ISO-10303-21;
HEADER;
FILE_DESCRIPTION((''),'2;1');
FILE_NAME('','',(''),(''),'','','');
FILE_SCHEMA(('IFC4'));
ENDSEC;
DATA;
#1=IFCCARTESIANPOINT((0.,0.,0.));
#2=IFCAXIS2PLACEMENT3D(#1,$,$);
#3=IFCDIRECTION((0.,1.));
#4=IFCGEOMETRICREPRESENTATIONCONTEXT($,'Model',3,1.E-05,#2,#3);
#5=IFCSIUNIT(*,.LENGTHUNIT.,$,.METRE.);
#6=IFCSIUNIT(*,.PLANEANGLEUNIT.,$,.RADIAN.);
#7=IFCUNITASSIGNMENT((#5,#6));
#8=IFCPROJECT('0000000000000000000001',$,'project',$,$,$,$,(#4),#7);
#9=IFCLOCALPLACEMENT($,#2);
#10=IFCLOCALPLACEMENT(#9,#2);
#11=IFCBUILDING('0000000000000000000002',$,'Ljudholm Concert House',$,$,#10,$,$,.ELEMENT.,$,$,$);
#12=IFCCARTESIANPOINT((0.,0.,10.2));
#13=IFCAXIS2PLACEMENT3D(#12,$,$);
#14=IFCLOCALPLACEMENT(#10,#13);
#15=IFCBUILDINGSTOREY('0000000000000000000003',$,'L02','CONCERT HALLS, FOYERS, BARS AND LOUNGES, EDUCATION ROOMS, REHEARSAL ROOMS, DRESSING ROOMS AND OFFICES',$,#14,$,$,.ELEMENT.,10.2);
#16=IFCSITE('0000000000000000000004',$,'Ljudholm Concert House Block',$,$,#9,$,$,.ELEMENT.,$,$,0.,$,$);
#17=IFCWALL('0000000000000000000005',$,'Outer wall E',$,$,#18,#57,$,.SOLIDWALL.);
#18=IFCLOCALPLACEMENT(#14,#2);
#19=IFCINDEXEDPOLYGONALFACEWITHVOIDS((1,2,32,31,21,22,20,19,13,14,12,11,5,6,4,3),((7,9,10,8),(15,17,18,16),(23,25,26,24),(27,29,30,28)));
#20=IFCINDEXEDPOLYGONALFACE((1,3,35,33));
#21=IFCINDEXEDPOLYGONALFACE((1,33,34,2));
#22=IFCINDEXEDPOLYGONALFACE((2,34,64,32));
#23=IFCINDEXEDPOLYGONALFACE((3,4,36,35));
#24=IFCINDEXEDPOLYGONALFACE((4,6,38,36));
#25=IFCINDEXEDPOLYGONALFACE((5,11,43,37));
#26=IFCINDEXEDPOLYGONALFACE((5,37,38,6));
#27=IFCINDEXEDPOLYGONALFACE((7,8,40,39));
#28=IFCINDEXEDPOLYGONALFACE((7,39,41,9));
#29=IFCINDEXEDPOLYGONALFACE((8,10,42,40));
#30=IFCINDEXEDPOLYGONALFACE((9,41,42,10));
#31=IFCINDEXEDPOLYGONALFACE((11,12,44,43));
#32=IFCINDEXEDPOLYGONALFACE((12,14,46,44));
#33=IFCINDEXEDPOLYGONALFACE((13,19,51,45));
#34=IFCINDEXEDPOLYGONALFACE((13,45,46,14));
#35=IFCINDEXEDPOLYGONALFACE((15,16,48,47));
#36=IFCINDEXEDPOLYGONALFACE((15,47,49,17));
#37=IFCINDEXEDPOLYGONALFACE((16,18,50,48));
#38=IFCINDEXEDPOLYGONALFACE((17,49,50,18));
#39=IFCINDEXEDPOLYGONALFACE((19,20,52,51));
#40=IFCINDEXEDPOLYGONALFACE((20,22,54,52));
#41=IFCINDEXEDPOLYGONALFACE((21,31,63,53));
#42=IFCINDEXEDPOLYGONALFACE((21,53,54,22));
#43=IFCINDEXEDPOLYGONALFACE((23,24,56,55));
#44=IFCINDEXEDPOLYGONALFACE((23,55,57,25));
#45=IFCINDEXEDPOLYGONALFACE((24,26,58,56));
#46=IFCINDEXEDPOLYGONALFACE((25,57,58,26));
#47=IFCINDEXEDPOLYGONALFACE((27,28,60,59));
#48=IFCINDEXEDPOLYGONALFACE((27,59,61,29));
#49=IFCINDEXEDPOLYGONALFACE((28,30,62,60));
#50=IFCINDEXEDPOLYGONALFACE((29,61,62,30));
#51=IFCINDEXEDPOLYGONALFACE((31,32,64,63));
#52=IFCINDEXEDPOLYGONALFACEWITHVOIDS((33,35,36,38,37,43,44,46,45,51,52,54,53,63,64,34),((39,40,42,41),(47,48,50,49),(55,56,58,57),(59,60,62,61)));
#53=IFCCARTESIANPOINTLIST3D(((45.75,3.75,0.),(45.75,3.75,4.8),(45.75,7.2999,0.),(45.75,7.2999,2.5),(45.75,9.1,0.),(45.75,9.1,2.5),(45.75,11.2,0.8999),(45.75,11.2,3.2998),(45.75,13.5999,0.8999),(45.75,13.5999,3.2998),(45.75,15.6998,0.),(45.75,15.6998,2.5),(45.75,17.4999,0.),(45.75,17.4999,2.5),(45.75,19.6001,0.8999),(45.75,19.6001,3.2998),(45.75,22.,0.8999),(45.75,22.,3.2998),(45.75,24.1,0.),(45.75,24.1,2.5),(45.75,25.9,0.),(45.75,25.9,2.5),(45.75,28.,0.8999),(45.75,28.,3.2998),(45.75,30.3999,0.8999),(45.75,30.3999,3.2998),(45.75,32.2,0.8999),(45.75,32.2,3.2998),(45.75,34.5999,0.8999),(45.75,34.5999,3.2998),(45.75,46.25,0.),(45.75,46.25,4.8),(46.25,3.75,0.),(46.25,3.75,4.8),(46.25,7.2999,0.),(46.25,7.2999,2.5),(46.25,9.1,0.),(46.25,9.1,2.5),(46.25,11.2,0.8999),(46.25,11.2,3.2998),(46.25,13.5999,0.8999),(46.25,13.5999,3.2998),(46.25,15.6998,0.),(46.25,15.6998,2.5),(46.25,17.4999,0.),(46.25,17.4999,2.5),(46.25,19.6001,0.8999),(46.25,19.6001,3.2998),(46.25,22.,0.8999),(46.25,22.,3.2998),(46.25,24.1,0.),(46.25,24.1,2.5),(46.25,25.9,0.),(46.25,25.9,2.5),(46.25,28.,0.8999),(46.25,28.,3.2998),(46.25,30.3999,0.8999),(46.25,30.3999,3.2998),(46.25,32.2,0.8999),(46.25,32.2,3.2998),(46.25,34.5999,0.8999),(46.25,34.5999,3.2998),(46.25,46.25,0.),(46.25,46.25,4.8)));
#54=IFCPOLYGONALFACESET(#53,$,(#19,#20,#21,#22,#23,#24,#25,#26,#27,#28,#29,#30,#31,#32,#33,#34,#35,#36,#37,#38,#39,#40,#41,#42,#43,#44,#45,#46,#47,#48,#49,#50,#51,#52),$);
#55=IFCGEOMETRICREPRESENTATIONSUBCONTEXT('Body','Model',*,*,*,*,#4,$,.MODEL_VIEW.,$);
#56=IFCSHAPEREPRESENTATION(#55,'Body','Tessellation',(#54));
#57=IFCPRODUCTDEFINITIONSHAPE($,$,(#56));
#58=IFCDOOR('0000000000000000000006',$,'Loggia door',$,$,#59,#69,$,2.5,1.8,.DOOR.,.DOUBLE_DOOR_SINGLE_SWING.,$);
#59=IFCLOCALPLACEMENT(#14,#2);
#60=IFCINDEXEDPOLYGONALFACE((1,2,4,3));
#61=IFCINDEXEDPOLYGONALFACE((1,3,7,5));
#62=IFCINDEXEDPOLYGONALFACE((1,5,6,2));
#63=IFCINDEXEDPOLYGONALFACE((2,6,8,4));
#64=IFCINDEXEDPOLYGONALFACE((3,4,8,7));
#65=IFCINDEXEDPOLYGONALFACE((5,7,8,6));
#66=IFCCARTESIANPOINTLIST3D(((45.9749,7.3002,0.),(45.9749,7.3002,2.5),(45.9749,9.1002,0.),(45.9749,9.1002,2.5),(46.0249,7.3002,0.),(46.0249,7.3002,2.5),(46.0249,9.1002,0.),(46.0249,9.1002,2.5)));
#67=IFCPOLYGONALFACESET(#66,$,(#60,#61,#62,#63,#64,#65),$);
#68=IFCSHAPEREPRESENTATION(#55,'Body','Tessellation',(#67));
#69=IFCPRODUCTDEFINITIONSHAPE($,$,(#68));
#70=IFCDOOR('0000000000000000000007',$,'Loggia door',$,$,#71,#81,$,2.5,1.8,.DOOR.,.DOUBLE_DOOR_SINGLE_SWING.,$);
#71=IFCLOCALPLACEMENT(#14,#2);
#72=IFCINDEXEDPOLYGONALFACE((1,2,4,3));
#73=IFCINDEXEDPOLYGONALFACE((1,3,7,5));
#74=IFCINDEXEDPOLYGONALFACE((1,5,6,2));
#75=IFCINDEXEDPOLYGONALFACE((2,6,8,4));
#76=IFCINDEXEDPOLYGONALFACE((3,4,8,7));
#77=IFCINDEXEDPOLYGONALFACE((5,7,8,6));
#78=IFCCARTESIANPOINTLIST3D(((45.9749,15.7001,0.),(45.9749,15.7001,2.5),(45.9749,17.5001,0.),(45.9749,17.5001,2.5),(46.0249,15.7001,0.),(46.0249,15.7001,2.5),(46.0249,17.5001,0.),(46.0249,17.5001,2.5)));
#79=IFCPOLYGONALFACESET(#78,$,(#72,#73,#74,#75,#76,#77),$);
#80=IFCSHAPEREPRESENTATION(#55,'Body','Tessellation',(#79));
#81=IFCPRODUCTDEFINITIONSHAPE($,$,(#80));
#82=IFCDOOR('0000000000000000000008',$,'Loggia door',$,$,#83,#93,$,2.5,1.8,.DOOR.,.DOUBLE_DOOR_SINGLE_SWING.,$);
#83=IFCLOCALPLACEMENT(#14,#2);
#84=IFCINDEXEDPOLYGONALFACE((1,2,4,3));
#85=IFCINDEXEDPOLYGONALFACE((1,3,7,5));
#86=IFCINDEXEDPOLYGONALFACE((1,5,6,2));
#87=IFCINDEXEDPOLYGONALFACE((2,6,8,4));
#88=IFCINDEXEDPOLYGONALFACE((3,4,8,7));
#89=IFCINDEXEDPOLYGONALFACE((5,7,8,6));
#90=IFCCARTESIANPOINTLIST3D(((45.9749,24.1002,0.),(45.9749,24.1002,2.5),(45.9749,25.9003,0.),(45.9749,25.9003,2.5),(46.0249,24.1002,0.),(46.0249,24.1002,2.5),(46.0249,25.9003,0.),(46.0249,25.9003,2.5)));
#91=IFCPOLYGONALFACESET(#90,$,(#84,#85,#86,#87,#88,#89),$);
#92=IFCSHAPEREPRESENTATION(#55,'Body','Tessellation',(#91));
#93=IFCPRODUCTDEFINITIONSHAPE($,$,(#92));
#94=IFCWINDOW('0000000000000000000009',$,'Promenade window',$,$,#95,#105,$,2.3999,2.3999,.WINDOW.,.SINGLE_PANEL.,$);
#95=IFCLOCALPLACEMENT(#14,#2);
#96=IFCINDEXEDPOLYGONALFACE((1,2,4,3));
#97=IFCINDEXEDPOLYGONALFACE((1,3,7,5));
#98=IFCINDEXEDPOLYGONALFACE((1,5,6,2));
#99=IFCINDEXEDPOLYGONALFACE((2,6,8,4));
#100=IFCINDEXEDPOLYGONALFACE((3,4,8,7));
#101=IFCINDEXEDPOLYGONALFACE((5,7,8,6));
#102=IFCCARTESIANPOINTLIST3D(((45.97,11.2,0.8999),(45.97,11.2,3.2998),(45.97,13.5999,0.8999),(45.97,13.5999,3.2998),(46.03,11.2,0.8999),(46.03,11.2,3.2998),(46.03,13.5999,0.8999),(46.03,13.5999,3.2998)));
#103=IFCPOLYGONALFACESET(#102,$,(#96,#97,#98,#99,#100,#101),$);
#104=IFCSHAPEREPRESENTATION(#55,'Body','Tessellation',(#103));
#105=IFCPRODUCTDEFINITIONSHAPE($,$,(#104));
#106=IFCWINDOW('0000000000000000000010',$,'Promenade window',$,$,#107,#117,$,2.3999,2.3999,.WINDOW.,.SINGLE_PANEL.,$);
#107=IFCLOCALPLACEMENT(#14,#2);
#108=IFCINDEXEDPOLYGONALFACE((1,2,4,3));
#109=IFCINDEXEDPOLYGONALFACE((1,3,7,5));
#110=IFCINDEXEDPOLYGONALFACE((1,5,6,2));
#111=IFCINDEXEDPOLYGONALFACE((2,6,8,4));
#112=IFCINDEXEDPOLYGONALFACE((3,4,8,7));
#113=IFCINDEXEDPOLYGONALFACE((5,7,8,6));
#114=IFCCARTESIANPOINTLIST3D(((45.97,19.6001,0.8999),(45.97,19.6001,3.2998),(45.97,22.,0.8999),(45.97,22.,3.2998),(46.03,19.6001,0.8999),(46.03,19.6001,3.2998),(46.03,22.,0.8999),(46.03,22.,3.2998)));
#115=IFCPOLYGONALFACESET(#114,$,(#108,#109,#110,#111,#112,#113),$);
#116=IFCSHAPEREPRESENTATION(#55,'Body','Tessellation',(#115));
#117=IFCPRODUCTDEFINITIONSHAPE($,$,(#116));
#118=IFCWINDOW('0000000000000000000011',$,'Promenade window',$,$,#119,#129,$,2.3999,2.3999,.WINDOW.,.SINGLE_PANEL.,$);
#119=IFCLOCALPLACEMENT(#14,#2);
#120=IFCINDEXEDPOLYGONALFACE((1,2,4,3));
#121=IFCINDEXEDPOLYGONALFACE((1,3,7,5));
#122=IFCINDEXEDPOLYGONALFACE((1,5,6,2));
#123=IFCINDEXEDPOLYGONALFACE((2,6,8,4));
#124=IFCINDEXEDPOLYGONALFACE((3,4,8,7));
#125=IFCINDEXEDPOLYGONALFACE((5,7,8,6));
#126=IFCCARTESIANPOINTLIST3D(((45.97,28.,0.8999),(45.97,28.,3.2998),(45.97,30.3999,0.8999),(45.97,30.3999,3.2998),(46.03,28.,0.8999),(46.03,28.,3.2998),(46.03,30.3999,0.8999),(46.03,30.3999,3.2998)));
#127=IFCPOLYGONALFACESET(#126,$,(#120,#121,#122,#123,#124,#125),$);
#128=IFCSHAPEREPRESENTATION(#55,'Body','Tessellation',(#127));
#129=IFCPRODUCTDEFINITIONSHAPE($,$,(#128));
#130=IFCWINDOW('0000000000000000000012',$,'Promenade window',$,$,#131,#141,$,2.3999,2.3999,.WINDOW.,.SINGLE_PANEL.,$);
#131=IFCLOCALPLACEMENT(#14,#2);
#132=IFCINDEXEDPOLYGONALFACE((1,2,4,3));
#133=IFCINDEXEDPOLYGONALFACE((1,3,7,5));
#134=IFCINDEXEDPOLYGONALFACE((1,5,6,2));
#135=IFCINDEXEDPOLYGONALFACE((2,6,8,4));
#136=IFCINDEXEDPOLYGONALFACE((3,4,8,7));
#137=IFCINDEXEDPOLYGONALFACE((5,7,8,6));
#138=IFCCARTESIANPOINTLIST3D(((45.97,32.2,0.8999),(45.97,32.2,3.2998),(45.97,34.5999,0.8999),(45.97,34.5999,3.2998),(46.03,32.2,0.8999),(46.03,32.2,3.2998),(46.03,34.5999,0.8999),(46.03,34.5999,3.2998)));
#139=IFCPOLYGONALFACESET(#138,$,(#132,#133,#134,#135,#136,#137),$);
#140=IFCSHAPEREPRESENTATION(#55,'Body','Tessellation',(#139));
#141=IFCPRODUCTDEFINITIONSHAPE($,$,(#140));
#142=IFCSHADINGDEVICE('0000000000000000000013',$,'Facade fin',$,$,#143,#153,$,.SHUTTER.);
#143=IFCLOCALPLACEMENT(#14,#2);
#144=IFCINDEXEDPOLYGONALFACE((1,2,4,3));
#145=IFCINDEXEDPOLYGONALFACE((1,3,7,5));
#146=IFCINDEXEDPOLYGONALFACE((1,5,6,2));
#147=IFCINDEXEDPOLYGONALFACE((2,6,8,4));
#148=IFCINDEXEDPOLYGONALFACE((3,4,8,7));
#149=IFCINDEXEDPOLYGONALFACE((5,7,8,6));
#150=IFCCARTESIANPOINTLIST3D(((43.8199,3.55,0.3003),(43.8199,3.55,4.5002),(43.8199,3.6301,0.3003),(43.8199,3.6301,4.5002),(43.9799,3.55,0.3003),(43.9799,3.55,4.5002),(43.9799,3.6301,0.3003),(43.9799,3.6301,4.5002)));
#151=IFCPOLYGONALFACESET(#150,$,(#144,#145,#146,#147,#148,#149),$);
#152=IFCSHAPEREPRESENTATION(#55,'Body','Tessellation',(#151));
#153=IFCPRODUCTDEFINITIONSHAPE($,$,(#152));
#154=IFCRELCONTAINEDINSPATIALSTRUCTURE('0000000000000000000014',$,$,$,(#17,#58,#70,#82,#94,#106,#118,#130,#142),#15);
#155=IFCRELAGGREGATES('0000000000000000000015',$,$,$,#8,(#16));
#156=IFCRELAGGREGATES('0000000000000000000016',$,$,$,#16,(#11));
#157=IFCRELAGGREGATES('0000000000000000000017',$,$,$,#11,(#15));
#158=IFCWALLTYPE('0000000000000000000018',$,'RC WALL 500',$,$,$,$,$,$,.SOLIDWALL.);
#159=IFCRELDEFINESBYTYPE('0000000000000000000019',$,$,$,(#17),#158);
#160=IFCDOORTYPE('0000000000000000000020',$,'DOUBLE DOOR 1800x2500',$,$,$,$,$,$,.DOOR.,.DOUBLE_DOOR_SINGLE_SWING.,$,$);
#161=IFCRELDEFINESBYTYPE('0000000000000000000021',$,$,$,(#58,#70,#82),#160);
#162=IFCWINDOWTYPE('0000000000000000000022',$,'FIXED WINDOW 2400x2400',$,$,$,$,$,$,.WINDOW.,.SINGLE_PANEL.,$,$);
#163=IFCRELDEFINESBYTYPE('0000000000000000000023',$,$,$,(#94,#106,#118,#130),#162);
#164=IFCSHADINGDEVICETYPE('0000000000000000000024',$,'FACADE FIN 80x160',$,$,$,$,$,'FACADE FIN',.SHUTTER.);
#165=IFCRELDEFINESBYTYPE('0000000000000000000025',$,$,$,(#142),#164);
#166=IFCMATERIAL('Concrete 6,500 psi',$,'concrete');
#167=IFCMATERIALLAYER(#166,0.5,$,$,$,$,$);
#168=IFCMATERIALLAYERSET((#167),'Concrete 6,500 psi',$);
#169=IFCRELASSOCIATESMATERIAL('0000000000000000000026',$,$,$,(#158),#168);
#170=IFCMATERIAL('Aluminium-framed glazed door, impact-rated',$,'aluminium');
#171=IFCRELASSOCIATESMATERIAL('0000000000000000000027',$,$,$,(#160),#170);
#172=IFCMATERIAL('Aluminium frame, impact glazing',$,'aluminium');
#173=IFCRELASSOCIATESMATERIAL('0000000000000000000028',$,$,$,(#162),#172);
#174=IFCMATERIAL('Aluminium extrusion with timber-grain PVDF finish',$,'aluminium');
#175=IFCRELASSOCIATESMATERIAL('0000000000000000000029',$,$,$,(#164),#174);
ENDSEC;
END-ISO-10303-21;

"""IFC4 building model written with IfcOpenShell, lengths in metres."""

from ifc_helpers import new_model, si_unit, direction, frame, frame_2d, origin, origin_2d, place, context, subcontext, project, spatial, rectangle, extrude, material, layer, layer_set, type_object, element, fill, save


model = new_model("IFC4")

# Units and contexts
model_context = context("Model", 3, precision=1e-05, world=origin(), true_north=direction((0.0, 1.0)))
body_context = subcontext(model_context, "Body", "Model", "MODEL_VIEW")
ifc_project = project(units=[si_unit("LENGTHUNIT", "METRE"), si_unit("PLANEANGLEUNIT", "RADIAN")], contexts=[model_context])

# Site, building, storey
site_placement = place(None, origin())
site = spatial("IfcSite", under=ifc_project, at=site_placement, Name="Ljudholm Concert House Block", CompositionType="ELEMENT", RefElevation=0.0)
building_placement = place(site_placement, origin())
building = spatial("IfcBuilding", under=site, at=building_placement, Name="Ljudholm Concert House", CompositionType="ELEMENT")
storey_placement = place(building_placement, frame((0.0, 0.0, 10.2)))
storey = spatial("IfcBuildingStorey", under=building, at=storey_placement, Name="L02", Description="CONCERT HALLS, FOYERS, BARS AND LOUNGES, EDUCATION ROOMS, REHEARSAL ROOMS, DRESSING ROOMS AND OFFICES", CompositionType="ELEMENT", Elevation=10.2)

# Wall, openings, doors, windows
ifc_material_1 = material(Name="Concrete 6,500 psi", Category="concrete")
ifc_layer_1 = layer(ifc_material_1, 0.5)
ifc_layer_set_1 = layer_set([ifc_layer_1], Name="Concrete 6,500 psi")
wall_type_1 = type_object("IfcWallType", Name="RC WALL 500", PredefinedType="SOLIDWALL", material=ifc_layer_set_1)
wall_1_placement = place(storey_placement, frame((46.0, 3.75, 0.0), z_axis=(0.0, 0.0, 1.0), x_axis=(0.0, 1.0, 0.0)))
wall_1 = element("IfcWall", 1, at=wall_1_placement, inside=storey, type_object=wall_type_1, Name="Outer wall E", PredefinedType="SOLIDWALL", context=body_context, shape_type="SweptSolid", body=[
    extrude(rectangle(XDim=42.5, YDim=0.5, at=frame_2d((21.25, 0.0))), origin(), (0.0, 0.0, 1.0), 4.8),
])
opening_1_placement = place(wall_1_placement, frame((7.45, 0.0, 0.8999)))
opening_1 = element("IfcOpeningElement", 2, at=opening_1_placement, cuts=wall_1, PredefinedType="OPENING", context=body_context, shape_type="SweptSolid", body=[
    extrude(rectangle(XDim=2.3999, YDim=2.3999, at=frame_2d((1.2, 1.2))), frame((0.0, 0.26, 0.0), z_axis=(0.0, -1.0, 0.0), x_axis=(1.0, 0.0, 0.0)), (0.0, 0.0, 1.0), 0.52),
])
opening_2_placement = place(wall_1_placement, frame((15.8501, 0.0, 0.8999)))
opening_2 = element("IfcOpeningElement", 3, at=opening_2_placement, cuts=wall_1, PredefinedType="OPENING", context=body_context, shape_type="SweptSolid", body=[
    extrude(rectangle(XDim=2.3999, YDim=2.3999, at=frame_2d((1.2, 1.2))), frame((0.0, 0.26, 0.0), z_axis=(0.0, -1.0, 0.0), x_axis=(1.0, 0.0, 0.0)), (0.0, 0.0, 1.0), 0.52),
])
opening_3_placement = place(wall_1_placement, frame((24.25, 0.0, 0.8999)))
opening_3 = element("IfcOpeningElement", 4, at=opening_3_placement, cuts=wall_1, PredefinedType="OPENING", context=body_context, shape_type="SweptSolid", body=[
    extrude(rectangle(XDim=2.3999, YDim=2.3999, at=frame_2d((1.2, 1.2))), frame((0.0, 0.26, 0.0), z_axis=(0.0, -1.0, 0.0), x_axis=(1.0, 0.0, 0.0)), (0.0, 0.0, 1.0), 0.52),
])
opening_4_placement = place(wall_1_placement, frame((28.45, 0.0, 0.8999)))
opening_4 = element("IfcOpeningElement", 5, at=opening_4_placement, cuts=wall_1, PredefinedType="OPENING", context=body_context, shape_type="SweptSolid", body=[
    extrude(rectangle(XDim=2.3999, YDim=2.3999, at=frame_2d((1.2, 1.2))), frame((0.0, 0.26, 0.0), z_axis=(0.0, -1.0, 0.0), x_axis=(1.0, 0.0, 0.0)), (0.0, 0.0, 1.0), 0.52),
])
opening_5_placement = place(wall_1_placement, frame((3.55, 0.0, 0.0)))
opening_5 = element("IfcOpeningElement", 6, at=opening_5_placement, cuts=wall_1, PredefinedType="OPENING", context=body_context, shape_type="SweptSolid", body=[
    extrude(rectangle(XDim=1.8, YDim=2.5, at=frame_2d((0.8999, 1.25))), frame((0.0, 0.26, 0.0), z_axis=(0.0, -1.0, 0.0), x_axis=(1.0, 0.0, 0.0)), (0.0, 0.0, 1.0), 0.52),
])
opening_6_placement = place(wall_1_placement, frame((11.95, 0.0, 0.0)))
opening_6 = element("IfcOpeningElement", 7, at=opening_6_placement, cuts=wall_1, PredefinedType="OPENING", context=body_context, shape_type="SweptSolid", body=[
    extrude(rectangle(XDim=1.8, YDim=2.5, at=frame_2d((0.8999, 1.25))), frame((0.0, 0.26, 0.0), z_axis=(0.0, -1.0, 0.0), x_axis=(1.0, 0.0, 0.0)), (0.0, 0.0, 1.0), 0.52),
])
opening_7_placement = place(wall_1_placement, frame((20.3501, 0.0, 0.0)))
opening_7 = element("IfcOpeningElement", 8, at=opening_7_placement, cuts=wall_1, PredefinedType="OPENING", context=body_context, shape_type="SweptSolid", body=[
    extrude(rectangle(XDim=1.8, YDim=2.5, at=frame_2d((0.8999, 1.25))), frame((0.0, 0.26, 0.0), z_axis=(0.0, -1.0, 0.0), x_axis=(1.0, 0.0, 0.0)), (0.0, 0.0, 1.0), 0.52),
])
ifc_material_2 = material(Name="Aluminium-framed glazed door, impact-rated", Category="aluminium")
door_type_1 = type_object("IfcDoorType", Name="DOUBLE DOOR 1800x2500", OperationType="DOUBLE_DOOR_SINGLE_SWING", PredefinedType="DOOR", material=ifc_material_2)
door_1_placement = place(opening_5_placement, frame((1.8, 0.0, 0.0), z_axis=(0.0, 0.0, 1.0), x_axis=(-1.0, 0.0, 0.0)))
door_1 = element("IfcDoor", 9, at=door_1_placement, inside=storey, type_object=door_type_1, Name="Loggia door", OperationType="DOUBLE_DOOR_SINGLE_SWING", OverallHeight=2.5, OverallWidth=1.8, PredefinedType="DOOR", context=body_context, shape_type="SweptSolid", body=[
    extrude(rectangle(XDim=1.8, YDim=2.5, at=frame_2d((0.8999, 1.25))), frame((0.0, 0.0249, 0.0), z_axis=(0.0, -1.0, 0.0), x_axis=(1.0, 0.0, 0.0)), (0.0, 0.0, 1.0), 0.05),
])
fill(opening_5, door_1)
door_2_placement = place(opening_6_placement, frame((1.8, 0.0, 0.0), z_axis=(0.0, 0.0, 1.0), x_axis=(-1.0, 0.0, 0.0)))
door_2 = element("IfcDoor", 10, at=door_2_placement, inside=storey, type_object=door_type_1, Name="Loggia door", OperationType="DOUBLE_DOOR_SINGLE_SWING", OverallHeight=2.5, OverallWidth=1.8, PredefinedType="DOOR", context=body_context, shape_type="SweptSolid", body=[
    extrude(rectangle(XDim=1.8, YDim=2.5, at=frame_2d((0.8999, 1.25))), frame((0.0, 0.0249, 0.0), z_axis=(0.0, -1.0, 0.0), x_axis=(1.0, 0.0, 0.0)), (0.0, 0.0, 1.0), 0.05),
])
fill(opening_6, door_2)
door_3_placement = place(opening_7_placement, frame((1.8, 0.0, 0.0), z_axis=(0.0, 0.0, 1.0), x_axis=(-1.0, 0.0, 0.0)))
door_3 = element("IfcDoor", 11, at=door_3_placement, inside=storey, type_object=door_type_1, Name="Loggia door", OperationType="DOUBLE_DOOR_SINGLE_SWING", OverallHeight=2.5, OverallWidth=1.8, PredefinedType="DOOR", context=body_context, shape_type="SweptSolid", body=[
    extrude(rectangle(XDim=1.8, YDim=2.5, at=frame_2d((0.8999, 1.25))), frame((0.0, 0.0249, 0.0), z_axis=(0.0, -1.0, 0.0), x_axis=(1.0, 0.0, 0.0)), (0.0, 0.0, 1.0), 0.05),
])
fill(opening_7, door_3)
ifc_material_3 = material(Name="Aluminium frame, impact glazing", Category="aluminium")
window_type = type_object("IfcWindowType", Name="FIXED WINDOW 2400x2400", PartitioningType="SINGLE_PANEL", PredefinedType="WINDOW", material=ifc_material_3)
window_1_placement = place(opening_1_placement, origin())
window_1 = element("IfcWindow", 12, at=window_1_placement, inside=storey, type_object=window_type, Name="Promenade window", OverallHeight=2.3999, OverallWidth=2.3999, PartitioningType="SINGLE_PANEL", PredefinedType="WINDOW", context=body_context, shape_type="SweptSolid", body=[
    extrude(rectangle(XDim=2.3999, YDim=2.3999, at=frame_2d((1.2, 1.2))), frame((0.0, 0.03, 0.0), z_axis=(0.0, -1.0, 0.0), x_axis=(1.0, 0.0, 0.0)), (0.0, 0.0, 1.0), 0.0601),
])
fill(opening_1, window_1)
window_2_placement = place(opening_2_placement, origin())
window_2 = element("IfcWindow", 13, at=window_2_placement, inside=storey, type_object=window_type, Name="Promenade window", OverallHeight=2.3999, OverallWidth=2.3999, PartitioningType="SINGLE_PANEL", PredefinedType="WINDOW", context=body_context, shape_type="SweptSolid", body=[
    extrude(rectangle(XDim=2.3999, YDim=2.3999, at=frame_2d((1.2, 1.2))), frame((0.0, 0.03, 0.0), z_axis=(0.0, -1.0, 0.0), x_axis=(1.0, 0.0, 0.0)), (0.0, 0.0, 1.0), 0.0601),
])
fill(opening_2, window_2)
window_3_placement = place(opening_3_placement, origin())
window_3 = element("IfcWindow", 14, at=window_3_placement, inside=storey, type_object=window_type, Name="Promenade window", OverallHeight=2.3999, OverallWidth=2.3999, PartitioningType="SINGLE_PANEL", PredefinedType="WINDOW", context=body_context, shape_type="SweptSolid", body=[
    extrude(rectangle(XDim=2.3999, YDim=2.3999, at=frame_2d((1.2, 1.2))), frame((0.0, 0.03, 0.0), z_axis=(0.0, -1.0, 0.0), x_axis=(1.0, 0.0, 0.0)), (0.0, 0.0, 1.0), 0.0601),
])
fill(opening_3, window_3)
window_4_placement = place(opening_4_placement, origin())
window_4 = element("IfcWindow", 15, at=window_4_placement, inside=storey, type_object=window_type, Name="Promenade window", OverallHeight=2.3999, OverallWidth=2.3999, PartitioningType="SINGLE_PANEL", PredefinedType="WINDOW", context=body_context, shape_type="SweptSolid", body=[
    extrude(rectangle(XDim=2.3999, YDim=2.3999, at=frame_2d((1.2, 1.2))), frame((0.0, 0.03, 0.0), z_axis=(0.0, -1.0, 0.0), x_axis=(1.0, 0.0, 0.0)), (0.0, 0.0, 1.0), 0.0601),
])
fill(opening_4, window_4)

# Shading device
ifc_material_4 = material(Name="Aluminium extrusion with timber-grain PVDF finish", Category="aluminium")
shading_device_type = type_object("IfcShadingDeviceType", Name="FACADE FIN 80x160", ElementType="FACADE FIN", PredefinedType="SHUTTER", material=ifc_material_4)
shading_device_placement = place(storey_placement, frame((43.8999, 3.5901, 0.3003), z_axis=(0.0, 0.0, 1.0), x_axis=(0.0, -1.0, 0.0)))
element("IfcShadingDevice", 16, at=shading_device_placement, inside=storey, type_object=shading_device_type, Name="Facade fin", PredefinedType="SHUTTER", context=body_context, shape_type="SweptSolid", body=[
    extrude(rectangle(XDim=0.0801, YDim=0.1599, at=origin_2d()), origin(), (0.0, 0.0, 1.0), 4.2),
])

save(model, "model.ifc")
